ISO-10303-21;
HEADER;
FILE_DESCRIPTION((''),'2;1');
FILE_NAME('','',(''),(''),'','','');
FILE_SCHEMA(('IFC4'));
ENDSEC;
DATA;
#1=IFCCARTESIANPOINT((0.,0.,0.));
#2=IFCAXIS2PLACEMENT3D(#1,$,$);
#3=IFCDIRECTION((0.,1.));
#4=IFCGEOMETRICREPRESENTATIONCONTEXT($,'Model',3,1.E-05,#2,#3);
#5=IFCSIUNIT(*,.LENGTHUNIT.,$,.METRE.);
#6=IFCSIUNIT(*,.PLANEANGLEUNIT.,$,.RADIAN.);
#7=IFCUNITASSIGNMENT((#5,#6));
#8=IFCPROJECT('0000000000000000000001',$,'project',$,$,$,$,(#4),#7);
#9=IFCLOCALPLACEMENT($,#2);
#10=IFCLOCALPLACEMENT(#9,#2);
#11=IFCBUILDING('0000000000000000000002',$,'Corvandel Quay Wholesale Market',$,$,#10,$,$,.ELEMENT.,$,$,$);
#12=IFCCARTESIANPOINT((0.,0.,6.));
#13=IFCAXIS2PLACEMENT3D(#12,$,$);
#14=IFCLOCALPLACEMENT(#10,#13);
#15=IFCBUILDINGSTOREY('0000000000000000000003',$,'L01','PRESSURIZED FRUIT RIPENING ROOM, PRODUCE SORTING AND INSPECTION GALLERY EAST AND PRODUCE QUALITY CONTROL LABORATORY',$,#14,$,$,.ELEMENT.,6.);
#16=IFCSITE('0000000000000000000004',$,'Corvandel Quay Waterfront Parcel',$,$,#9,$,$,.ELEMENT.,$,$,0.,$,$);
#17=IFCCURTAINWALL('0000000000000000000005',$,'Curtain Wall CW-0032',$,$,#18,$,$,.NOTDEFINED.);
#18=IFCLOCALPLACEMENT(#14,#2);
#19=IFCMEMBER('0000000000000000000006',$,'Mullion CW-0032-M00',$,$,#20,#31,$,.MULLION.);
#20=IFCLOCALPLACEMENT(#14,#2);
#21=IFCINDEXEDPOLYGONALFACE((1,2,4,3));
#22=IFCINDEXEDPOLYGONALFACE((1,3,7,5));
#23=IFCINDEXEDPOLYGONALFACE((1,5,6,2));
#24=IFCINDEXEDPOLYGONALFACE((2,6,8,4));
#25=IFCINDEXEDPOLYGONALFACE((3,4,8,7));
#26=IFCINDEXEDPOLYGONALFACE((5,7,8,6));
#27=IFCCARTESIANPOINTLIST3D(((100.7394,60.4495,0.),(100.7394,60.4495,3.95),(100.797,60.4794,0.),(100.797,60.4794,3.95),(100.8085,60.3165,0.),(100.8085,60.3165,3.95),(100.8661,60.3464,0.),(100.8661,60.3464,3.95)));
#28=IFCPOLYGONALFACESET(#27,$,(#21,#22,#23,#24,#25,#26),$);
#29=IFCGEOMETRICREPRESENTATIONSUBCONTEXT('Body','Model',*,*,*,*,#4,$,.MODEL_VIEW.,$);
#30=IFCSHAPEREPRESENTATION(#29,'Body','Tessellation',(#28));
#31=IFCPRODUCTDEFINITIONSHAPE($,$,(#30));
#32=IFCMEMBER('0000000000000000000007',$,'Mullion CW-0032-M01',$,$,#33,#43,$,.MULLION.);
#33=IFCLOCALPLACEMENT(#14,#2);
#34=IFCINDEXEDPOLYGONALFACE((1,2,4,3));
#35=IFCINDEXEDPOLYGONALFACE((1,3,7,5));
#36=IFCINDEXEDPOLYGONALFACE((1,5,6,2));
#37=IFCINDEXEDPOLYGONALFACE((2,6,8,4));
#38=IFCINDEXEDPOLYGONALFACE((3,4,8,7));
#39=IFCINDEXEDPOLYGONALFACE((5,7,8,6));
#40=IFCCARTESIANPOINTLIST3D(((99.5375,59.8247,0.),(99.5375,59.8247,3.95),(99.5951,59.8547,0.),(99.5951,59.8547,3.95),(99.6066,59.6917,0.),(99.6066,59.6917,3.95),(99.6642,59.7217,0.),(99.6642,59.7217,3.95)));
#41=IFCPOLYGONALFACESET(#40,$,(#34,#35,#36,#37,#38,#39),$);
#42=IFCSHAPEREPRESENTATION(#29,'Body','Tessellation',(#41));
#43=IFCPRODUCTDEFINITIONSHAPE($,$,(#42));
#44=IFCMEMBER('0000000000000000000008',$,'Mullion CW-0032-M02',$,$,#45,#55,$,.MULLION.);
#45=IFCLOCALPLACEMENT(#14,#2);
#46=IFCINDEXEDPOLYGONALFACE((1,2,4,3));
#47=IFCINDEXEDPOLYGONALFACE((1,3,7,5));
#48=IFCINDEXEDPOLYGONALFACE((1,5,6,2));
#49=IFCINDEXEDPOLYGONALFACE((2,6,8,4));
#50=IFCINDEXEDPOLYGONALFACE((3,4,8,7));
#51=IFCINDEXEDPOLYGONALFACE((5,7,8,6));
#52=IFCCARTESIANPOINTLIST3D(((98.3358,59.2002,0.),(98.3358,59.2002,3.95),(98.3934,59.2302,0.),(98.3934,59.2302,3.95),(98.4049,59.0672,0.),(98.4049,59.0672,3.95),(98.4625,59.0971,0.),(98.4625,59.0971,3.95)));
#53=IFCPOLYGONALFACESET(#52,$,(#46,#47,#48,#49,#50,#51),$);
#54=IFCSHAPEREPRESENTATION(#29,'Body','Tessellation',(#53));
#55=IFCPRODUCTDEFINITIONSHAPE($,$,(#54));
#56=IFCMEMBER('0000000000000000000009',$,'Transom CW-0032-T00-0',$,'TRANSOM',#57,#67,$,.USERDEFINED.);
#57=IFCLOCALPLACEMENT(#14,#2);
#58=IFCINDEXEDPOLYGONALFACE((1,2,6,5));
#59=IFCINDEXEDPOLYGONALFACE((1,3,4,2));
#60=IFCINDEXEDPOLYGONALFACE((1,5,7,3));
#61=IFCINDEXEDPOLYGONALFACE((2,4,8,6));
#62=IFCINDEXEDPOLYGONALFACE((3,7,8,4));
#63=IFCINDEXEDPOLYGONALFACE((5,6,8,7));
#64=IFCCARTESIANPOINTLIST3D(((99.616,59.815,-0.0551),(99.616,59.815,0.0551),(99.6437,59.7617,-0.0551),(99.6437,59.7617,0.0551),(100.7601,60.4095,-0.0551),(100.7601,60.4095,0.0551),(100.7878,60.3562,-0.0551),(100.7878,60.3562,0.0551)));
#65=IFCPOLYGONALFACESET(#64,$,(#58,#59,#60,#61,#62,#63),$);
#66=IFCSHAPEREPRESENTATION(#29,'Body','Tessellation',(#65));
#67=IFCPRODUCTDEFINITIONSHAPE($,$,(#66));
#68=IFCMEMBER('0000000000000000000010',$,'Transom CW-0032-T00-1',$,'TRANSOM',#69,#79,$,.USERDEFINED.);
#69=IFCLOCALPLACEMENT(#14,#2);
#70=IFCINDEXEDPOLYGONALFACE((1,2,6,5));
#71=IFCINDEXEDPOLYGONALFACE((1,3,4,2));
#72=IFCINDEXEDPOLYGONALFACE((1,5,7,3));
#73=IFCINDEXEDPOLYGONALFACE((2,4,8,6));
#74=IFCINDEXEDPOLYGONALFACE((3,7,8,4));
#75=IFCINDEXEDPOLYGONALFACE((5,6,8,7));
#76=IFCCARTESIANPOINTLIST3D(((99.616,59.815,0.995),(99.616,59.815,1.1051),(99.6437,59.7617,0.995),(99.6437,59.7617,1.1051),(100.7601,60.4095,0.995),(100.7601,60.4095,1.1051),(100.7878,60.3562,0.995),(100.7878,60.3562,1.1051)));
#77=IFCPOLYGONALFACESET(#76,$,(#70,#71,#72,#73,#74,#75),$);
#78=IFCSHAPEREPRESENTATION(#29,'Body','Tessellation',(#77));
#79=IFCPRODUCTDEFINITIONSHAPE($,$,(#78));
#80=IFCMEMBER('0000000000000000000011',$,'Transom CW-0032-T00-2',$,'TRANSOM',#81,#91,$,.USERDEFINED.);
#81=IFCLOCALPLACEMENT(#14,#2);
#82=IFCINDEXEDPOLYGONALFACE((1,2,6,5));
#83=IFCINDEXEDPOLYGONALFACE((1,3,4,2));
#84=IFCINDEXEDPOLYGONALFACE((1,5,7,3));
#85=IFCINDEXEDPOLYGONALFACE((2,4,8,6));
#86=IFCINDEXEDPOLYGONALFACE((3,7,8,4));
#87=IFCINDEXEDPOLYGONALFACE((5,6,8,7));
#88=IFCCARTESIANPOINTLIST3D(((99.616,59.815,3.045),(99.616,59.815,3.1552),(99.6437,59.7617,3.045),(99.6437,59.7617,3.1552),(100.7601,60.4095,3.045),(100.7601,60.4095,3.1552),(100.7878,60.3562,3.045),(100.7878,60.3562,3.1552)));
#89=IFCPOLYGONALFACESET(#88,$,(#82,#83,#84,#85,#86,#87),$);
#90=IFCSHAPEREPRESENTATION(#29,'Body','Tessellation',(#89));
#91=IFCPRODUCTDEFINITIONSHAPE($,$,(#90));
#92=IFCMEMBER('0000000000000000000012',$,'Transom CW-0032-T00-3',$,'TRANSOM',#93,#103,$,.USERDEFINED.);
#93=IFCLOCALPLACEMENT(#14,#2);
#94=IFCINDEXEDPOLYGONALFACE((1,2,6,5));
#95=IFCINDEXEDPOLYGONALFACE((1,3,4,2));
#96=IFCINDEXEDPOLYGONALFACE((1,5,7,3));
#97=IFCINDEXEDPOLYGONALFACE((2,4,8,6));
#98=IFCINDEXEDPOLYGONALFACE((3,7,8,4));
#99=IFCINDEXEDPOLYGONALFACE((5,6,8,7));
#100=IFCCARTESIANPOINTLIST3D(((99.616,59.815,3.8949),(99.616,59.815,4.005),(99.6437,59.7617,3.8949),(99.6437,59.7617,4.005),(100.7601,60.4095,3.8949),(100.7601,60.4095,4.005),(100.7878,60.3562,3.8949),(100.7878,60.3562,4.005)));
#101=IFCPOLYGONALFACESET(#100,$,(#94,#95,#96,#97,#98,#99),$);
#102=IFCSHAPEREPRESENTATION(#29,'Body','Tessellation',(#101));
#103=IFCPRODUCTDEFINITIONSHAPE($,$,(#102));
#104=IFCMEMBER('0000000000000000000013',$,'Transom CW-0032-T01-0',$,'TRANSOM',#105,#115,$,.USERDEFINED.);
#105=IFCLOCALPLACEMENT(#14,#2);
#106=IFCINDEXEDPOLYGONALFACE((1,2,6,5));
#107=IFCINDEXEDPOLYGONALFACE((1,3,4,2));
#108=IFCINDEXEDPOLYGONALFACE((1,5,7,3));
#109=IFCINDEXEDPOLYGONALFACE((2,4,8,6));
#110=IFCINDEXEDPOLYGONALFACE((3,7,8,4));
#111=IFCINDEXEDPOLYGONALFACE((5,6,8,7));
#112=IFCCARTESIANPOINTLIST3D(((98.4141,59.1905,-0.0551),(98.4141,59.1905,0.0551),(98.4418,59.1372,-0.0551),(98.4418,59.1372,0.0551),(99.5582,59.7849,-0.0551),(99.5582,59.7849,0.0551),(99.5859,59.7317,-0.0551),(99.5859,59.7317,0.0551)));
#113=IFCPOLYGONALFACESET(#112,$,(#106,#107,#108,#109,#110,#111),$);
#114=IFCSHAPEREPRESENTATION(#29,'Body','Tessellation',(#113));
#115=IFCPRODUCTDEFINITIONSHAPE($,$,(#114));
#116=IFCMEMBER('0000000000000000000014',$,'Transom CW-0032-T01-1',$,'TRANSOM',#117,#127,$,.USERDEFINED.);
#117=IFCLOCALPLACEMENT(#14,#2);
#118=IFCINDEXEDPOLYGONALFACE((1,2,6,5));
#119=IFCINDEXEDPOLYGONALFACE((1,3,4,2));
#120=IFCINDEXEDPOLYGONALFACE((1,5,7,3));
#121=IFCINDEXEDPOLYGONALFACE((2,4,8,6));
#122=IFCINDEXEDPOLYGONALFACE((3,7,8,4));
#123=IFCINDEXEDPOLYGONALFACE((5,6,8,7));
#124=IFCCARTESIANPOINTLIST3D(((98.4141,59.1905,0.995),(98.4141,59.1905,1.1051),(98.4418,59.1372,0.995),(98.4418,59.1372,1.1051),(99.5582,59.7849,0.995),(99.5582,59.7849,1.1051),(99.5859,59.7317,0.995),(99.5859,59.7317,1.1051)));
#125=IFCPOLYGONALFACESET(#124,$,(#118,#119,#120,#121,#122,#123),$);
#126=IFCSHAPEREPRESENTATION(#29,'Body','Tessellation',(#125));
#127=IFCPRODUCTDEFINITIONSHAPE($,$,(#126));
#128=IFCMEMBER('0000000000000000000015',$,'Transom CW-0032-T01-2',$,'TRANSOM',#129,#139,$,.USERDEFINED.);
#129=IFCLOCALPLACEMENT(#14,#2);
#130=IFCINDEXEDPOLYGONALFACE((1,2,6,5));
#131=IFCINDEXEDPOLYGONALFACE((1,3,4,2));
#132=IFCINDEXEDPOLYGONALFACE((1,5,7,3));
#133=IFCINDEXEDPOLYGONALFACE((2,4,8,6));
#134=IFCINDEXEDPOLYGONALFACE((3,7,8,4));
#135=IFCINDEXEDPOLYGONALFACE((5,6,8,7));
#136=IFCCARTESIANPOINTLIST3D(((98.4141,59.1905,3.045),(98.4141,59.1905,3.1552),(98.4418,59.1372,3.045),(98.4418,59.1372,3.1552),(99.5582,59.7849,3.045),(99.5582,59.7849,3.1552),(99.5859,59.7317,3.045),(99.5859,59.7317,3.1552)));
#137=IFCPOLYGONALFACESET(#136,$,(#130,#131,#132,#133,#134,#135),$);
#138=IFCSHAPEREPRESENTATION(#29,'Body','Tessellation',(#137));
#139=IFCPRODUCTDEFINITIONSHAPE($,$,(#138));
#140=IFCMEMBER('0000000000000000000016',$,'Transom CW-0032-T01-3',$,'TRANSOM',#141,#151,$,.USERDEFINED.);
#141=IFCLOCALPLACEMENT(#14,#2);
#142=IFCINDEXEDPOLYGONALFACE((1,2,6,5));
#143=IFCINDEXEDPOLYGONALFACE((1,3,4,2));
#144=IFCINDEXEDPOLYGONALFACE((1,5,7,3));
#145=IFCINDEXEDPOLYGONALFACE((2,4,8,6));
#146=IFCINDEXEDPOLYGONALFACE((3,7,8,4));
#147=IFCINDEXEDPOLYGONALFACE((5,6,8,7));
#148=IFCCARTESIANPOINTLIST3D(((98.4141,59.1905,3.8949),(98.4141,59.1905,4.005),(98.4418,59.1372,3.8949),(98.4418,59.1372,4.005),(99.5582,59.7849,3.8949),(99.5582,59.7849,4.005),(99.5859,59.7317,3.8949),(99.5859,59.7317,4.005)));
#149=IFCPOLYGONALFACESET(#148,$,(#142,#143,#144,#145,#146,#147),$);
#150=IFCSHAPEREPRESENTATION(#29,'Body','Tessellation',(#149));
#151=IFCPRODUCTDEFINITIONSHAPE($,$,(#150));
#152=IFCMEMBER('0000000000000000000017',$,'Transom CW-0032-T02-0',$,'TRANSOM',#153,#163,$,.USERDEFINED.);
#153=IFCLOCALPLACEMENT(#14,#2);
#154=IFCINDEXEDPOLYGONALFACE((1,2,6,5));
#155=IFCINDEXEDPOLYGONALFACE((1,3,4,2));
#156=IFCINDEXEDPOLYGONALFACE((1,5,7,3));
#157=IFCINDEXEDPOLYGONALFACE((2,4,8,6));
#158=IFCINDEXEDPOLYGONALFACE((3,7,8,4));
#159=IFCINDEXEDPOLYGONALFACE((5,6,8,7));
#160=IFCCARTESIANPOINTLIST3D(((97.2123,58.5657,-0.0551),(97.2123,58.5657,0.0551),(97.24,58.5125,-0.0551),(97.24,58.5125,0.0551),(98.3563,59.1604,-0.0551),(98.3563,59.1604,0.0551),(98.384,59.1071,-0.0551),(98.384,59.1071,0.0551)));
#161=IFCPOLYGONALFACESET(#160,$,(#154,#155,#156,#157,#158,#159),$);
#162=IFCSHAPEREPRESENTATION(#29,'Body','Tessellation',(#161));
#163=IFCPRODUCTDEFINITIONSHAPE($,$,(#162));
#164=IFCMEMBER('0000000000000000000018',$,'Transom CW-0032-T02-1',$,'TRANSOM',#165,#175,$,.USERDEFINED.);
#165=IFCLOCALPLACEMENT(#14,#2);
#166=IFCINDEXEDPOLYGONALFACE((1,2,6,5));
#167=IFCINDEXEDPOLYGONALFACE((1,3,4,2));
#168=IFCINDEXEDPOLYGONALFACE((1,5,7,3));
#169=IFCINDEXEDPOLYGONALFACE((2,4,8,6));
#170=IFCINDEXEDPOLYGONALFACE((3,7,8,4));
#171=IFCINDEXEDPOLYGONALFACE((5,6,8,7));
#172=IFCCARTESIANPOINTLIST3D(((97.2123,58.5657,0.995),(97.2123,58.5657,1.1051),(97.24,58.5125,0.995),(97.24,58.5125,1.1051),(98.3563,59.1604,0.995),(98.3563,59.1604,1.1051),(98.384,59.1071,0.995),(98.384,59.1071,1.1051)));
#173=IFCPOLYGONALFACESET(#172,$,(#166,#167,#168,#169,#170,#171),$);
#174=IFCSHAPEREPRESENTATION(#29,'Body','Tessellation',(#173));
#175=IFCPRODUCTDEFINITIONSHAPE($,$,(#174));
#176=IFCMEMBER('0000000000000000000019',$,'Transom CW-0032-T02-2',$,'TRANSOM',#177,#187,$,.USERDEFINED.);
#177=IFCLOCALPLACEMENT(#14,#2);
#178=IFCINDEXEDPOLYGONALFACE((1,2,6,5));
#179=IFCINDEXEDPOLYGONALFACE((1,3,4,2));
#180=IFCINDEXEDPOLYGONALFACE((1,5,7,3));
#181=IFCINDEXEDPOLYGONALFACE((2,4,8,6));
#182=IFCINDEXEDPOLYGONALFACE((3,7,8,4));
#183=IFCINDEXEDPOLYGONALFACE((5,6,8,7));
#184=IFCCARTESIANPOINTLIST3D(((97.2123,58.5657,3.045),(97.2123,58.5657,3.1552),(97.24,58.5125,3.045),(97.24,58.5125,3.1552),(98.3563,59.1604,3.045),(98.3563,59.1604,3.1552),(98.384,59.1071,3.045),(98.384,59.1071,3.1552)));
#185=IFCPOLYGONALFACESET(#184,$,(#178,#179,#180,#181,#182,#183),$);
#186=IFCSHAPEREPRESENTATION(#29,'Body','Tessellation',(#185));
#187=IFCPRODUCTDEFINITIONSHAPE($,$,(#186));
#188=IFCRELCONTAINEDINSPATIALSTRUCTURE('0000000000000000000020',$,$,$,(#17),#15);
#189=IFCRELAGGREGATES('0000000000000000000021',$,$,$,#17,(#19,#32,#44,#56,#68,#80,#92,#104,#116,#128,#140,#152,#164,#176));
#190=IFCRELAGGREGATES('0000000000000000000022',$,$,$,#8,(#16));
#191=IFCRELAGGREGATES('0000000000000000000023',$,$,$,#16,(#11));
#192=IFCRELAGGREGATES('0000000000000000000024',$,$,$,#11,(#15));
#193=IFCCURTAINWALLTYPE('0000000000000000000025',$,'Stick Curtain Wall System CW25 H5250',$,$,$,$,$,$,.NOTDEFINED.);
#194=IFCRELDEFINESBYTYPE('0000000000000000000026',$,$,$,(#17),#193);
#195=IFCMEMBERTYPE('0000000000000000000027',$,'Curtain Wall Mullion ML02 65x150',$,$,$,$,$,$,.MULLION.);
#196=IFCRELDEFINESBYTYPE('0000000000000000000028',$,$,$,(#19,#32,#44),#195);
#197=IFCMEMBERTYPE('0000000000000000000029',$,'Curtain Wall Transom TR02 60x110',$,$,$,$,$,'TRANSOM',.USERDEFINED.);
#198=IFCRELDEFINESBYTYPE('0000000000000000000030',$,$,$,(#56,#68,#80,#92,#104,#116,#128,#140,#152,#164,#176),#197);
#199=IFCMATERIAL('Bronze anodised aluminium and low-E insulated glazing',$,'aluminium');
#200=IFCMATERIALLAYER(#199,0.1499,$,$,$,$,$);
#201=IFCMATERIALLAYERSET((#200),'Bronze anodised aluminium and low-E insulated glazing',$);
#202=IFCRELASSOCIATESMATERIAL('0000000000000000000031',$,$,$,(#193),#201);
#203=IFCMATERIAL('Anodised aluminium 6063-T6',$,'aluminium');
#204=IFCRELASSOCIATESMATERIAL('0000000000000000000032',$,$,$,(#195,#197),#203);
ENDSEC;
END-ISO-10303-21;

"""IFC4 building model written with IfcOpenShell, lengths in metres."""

from ifc_helpers import new_model, si_unit, direction, frame, origin, origin_2d, place, context, subcontext, project, spatial, rectangle, extrude, material, layer, layer_set, material_profile, profile_set, type_object, element, aggregate, save


model = new_model("IFC4")

# Units and contexts
model_context = context("Model", 3, precision=1e-05, world=origin(), true_north=direction((0.0, 1.0)))
body_context = subcontext(model_context, "Body", "Model", "MODEL_VIEW")
ifc_project = project(units=[si_unit("LENGTHUNIT", "METRE"), si_unit("PLANEANGLEUNIT", "RADIAN")], contexts=[model_context])

# Site, building, storey
site_placement = place(None, origin())
site = spatial("IfcSite", under=ifc_project, at=site_placement, Name="Corvandel Quay Waterfront Parcel", CompositionType="ELEMENT", RefElevation=0.0)
building_placement = place(site_placement, origin())
building = spatial("IfcBuilding", under=site, at=building_placement, Name="Corvandel Quay Wholesale Market", CompositionType="ELEMENT")
storey_placement = place(building_placement, frame((0.0, 0.0, 6.0)))
storey = spatial("IfcBuildingStorey", under=building, at=storey_placement, Name="L01", Description="PRESSURIZED FRUIT RIPENING ROOM, PRODUCE SORTING AND INSPECTION GALLERY EAST AND PRODUCE QUALITY CONTROL LABORATORY", CompositionType="ELEMENT", Elevation=6.0)

# Curtain wall, members
ifc_material_1 = material(Name="Bronze anodised aluminium and low-E insulated glazing", Category="aluminium")
ifc_layer_1 = layer(ifc_material_1, 0.1499)
ifc_layer_set_1 = layer_set([ifc_layer_1], Name="Bronze anodised aluminium and low-E insulated glazing")
curtain_wall_type = type_object("IfcCurtainWallType", Name="Stick Curtain Wall System CW25 H5250", PredefinedType="NOTDEFINED", material=ifc_layer_set_1)
curtain_wall_placement = place(storey_placement, origin())
curtain_wall = element("IfcCurtainWall", 1, at=curtain_wall_placement, inside=storey, type_object=curtain_wall_type, Name="Curtain Wall CW-0032", PredefinedType="NOTDEFINED")
ifc_material_2 = material(Name="Anodised aluminium 6063-T6", Category="aluminium")
ifc_material_profile_1 = material_profile(ifc_material_2, rectangle(XDim=0.0649, YDim=0.1499, at=origin_2d()), Name="ALU-MUL-65x150")
ifc_profile_set_1 = profile_set([ifc_material_profile_1], Name="Anodised aluminium 6063-T6")
member_type_1 = type_object("IfcMemberType", Name="Curtain Wall Mullion ML02 65x150", PredefinedType="MULLION", material=ifc_profile_set_1)
member_1_placement = place(storey_placement, frame((100.8027, 60.3979, 0.0), z_axis=(0.0, 0.0, 1.0), x_axis=(0.887333, 0.461129, 0.0)))
member_1 = element("IfcMember", 2, at=member_1_placement, type_object=member_type_1, Name="Mullion CW-0032-M00", PredefinedType="MULLION", context=body_context, shape_type="SweptSolid", body=[
    extrude(rectangle(XDim=0.0649, YDim=0.1499, at=origin_2d()), origin(), (0.0, 0.0, 1.0), 3.95),
])
member_2_placement = place(storey_placement, frame((99.6008, 59.7732, 0.0), z_axis=(0.0, 0.0, 1.0), x_axis=(0.887333, 0.461129, 0.0)))
member_2 = element("IfcMember", 3, at=member_2_placement, type_object=member_type_1, Name="Mullion CW-0032-M01", PredefinedType="MULLION", context=body_context, shape_type="SweptSolid", body=[
    extrude(rectangle(XDim=0.0649, YDim=0.1499, at=origin_2d()), origin(), (0.0, 0.0, 1.0), 3.95),
])
member_3_placement = place(storey_placement, frame((98.3992, 59.1487, 0.0), z_axis=(0.0, 0.0, 1.0), x_axis=(0.887333, 0.461129, 0.0)))
member_3 = element("IfcMember", 4, at=member_3_placement, type_object=member_type_1, Name="Mullion CW-0032-M02", PredefinedType="MULLION", context=body_context, shape_type="SweptSolid", body=[
    extrude(rectangle(XDim=0.0649, YDim=0.1499, at=origin_2d()), origin(), (0.0, 0.0, 1.0), 3.95),
])
ifc_material_profile_2 = material_profile(ifc_material_2, rectangle(XDim=0.0601, YDim=0.1101, at=origin_2d()), Name="ALU-TRN-60x110")
ifc_profile_set_2 = profile_set([ifc_material_profile_2], Name="Anodised aluminium 6063-T6")
member_type_2 = type_object("IfcMemberType", Name="Curtain Wall Transom TR02 60x110", ElementType="TRANSOM", PredefinedType="USERDEFINED", material=ifc_profile_set_2)
member_4_placement = place(storey_placement, frame((100.7739, 60.3828, 0.0), z_axis=(-0.88735, -0.461096, 0.0), x_axis=(0.461096, -0.88735, 0.0)))
member_4 = element("IfcMember", 5, at=member_4_placement, type_object=member_type_2, Name="Transom CW-0032-T00-0", ObjectType="TRANSOM", PredefinedType="USERDEFINED", context=body_context, shape_type="SweptSolid", body=[
    extrude(rectangle(XDim=0.0601, YDim=0.1101, at=origin_2d()), origin(), (0.0, 0.0, 1.0), 1.2893),
])
member_5_placement = place(storey_placement, frame((100.7739, 60.3828, 1.05), z_axis=(-0.88735, -0.461096, 0.0), x_axis=(0.461096, -0.88735, 0.0)))
member_5 = element("IfcMember", 6, at=member_5_placement, type_object=member_type_2, Name="Transom CW-0032-T00-1", ObjectType="TRANSOM", PredefinedType="USERDEFINED", context=body_context, shape_type="SweptSolid", body=[
    extrude(rectangle(XDim=0.0601, YDim=0.1101, at=origin_2d()), origin(), (0.0, 0.0, 1.0), 1.2893),
])
member_6_placement = place(storey_placement, frame((100.7739, 60.3828, 3.1001), z_axis=(-0.88735, -0.461096, 0.0), x_axis=(0.461096, -0.88735, 0.0)))
member_6 = element("IfcMember", 7, at=member_6_placement, type_object=member_type_2, Name="Transom CW-0032-T00-2", ObjectType="TRANSOM", PredefinedType="USERDEFINED", context=body_context, shape_type="SweptSolid", body=[
    extrude(rectangle(XDim=0.0601, YDim=0.1101, at=origin_2d()), origin(), (0.0, 0.0, 1.0), 1.2893),
])
member_7_placement = place(storey_placement, frame((100.7739, 60.3828, 3.95), z_axis=(-0.88735, -0.461096, 0.0), x_axis=(0.461096, -0.88735, 0.0)))
member_7 = element("IfcMember", 8, at=member_7_placement, type_object=member_type_2, Name="Transom CW-0032-T00-3", ObjectType="TRANSOM", PredefinedType="USERDEFINED", context=body_context, shape_type="SweptSolid", body=[
    extrude(rectangle(XDim=0.0601, YDim=0.1101, at=origin_2d()), origin(), (0.0, 0.0, 1.0), 1.2893),
])
member_8_placement = place(storey_placement, frame((99.572, 59.7583, 0.0), z_axis=(-0.88735, -0.461096, 0.0), x_axis=(0.461096, -0.88735, 0.0)))
member_8 = element("IfcMember", 9, at=member_8_placement, type_object=member_type_2, Name="Transom CW-0032-T01-0", ObjectType="TRANSOM", PredefinedType="USERDEFINED", context=body_context, shape_type="SweptSolid", body=[
    extrude(rectangle(XDim=0.0601, YDim=0.1101, at=origin_2d()), origin(), (0.0, 0.0, 1.0), 1.2893),
])
member_9_placement = place(storey_placement, frame((99.572, 59.7583, 1.05), z_axis=(-0.88735, -0.461096, 0.0), x_axis=(0.461096, -0.88735, 0.0)))
member_9 = element("IfcMember", 10, at=member_9_placement, type_object=member_type_2, Name="Transom CW-0032-T01-1", ObjectType="TRANSOM", PredefinedType="USERDEFINED", context=body_context, shape_type="SweptSolid", body=[
    extrude(rectangle(XDim=0.0601, YDim=0.1101, at=origin_2d()), origin(), (0.0, 0.0, 1.0), 1.2893),
])
member_10_placement = place(storey_placement, frame((99.572, 59.7583, 3.1001), z_axis=(-0.88735, -0.461096, 0.0), x_axis=(0.461096, -0.88735, 0.0)))
member_10 = element("IfcMember", 11, at=member_10_placement, type_object=member_type_2, Name="Transom CW-0032-T01-2", ObjectType="TRANSOM", PredefinedType="USERDEFINED", context=body_context, shape_type="SweptSolid", body=[
    extrude(rectangle(XDim=0.0601, YDim=0.1101, at=origin_2d()), origin(), (0.0, 0.0, 1.0), 1.2893),
])
member_11_placement = place(storey_placement, frame((99.572, 59.7583, 3.95), z_axis=(-0.88735, -0.461096, 0.0), x_axis=(0.461096, -0.88735, 0.0)))
member_11 = element("IfcMember", 12, at=member_11_placement, type_object=member_type_2, Name="Transom CW-0032-T01-3", ObjectType="TRANSOM", PredefinedType="USERDEFINED", context=body_context, shape_type="SweptSolid", body=[
    extrude(rectangle(XDim=0.0601, YDim=0.1101, at=origin_2d()), origin(), (0.0, 0.0, 1.0), 1.2893),
])
member_12_placement = place(storey_placement, frame((98.3701, 59.1338, 0.0), z_axis=(-0.887273, -0.461245, 0.0), x_axis=(0.461245, -0.887273, 0.0)))
member_12 = element("IfcMember", 13, at=member_12_placement, type_object=member_type_2, Name="Transom CW-0032-T02-0", ObjectType="TRANSOM", PredefinedType="USERDEFINED", context=body_context, shape_type="SweptSolid", body=[
    extrude(rectangle(XDim=0.0601, YDim=0.1101, at=origin_2d()), origin(), (0.0, 0.0, 1.0), 1.2893),
])
member_13_placement = place(storey_placement, frame((98.3701, 59.1338, 1.05), z_axis=(-0.887273, -0.461245, 0.0), x_axis=(0.461245, -0.887273, 0.0)))
member_13 = element("IfcMember", 14, at=member_13_placement, type_object=member_type_2, Name="Transom CW-0032-T02-1", ObjectType="TRANSOM", PredefinedType="USERDEFINED", context=body_context, shape_type="SweptSolid", body=[
    extrude(rectangle(XDim=0.0601, YDim=0.1101, at=origin_2d()), origin(), (0.0, 0.0, 1.0), 1.2893),
])
member_14_placement = place(storey_placement, frame((98.3701, 59.1338, 3.1001), z_axis=(-0.887273, -0.461245, 0.0), x_axis=(0.461245, -0.887273, 0.0)))
member_14 = element("IfcMember", 15, at=member_14_placement, type_object=member_type_2, Name="Transom CW-0032-T02-2", ObjectType="TRANSOM", PredefinedType="USERDEFINED", context=body_context, shape_type="SweptSolid", body=[
    extrude(rectangle(XDim=0.0601, YDim=0.1101, at=origin_2d()), origin(), (0.0, 0.0, 1.0), 1.2893),
])

aggregate(curtain_wall, [member_1, member_2, member_3, member_4, member_5, member_6, member_7, member_8, member_9, member_10, member_11, member_12, member_13, member_14])

save(model, "model.ifc")
